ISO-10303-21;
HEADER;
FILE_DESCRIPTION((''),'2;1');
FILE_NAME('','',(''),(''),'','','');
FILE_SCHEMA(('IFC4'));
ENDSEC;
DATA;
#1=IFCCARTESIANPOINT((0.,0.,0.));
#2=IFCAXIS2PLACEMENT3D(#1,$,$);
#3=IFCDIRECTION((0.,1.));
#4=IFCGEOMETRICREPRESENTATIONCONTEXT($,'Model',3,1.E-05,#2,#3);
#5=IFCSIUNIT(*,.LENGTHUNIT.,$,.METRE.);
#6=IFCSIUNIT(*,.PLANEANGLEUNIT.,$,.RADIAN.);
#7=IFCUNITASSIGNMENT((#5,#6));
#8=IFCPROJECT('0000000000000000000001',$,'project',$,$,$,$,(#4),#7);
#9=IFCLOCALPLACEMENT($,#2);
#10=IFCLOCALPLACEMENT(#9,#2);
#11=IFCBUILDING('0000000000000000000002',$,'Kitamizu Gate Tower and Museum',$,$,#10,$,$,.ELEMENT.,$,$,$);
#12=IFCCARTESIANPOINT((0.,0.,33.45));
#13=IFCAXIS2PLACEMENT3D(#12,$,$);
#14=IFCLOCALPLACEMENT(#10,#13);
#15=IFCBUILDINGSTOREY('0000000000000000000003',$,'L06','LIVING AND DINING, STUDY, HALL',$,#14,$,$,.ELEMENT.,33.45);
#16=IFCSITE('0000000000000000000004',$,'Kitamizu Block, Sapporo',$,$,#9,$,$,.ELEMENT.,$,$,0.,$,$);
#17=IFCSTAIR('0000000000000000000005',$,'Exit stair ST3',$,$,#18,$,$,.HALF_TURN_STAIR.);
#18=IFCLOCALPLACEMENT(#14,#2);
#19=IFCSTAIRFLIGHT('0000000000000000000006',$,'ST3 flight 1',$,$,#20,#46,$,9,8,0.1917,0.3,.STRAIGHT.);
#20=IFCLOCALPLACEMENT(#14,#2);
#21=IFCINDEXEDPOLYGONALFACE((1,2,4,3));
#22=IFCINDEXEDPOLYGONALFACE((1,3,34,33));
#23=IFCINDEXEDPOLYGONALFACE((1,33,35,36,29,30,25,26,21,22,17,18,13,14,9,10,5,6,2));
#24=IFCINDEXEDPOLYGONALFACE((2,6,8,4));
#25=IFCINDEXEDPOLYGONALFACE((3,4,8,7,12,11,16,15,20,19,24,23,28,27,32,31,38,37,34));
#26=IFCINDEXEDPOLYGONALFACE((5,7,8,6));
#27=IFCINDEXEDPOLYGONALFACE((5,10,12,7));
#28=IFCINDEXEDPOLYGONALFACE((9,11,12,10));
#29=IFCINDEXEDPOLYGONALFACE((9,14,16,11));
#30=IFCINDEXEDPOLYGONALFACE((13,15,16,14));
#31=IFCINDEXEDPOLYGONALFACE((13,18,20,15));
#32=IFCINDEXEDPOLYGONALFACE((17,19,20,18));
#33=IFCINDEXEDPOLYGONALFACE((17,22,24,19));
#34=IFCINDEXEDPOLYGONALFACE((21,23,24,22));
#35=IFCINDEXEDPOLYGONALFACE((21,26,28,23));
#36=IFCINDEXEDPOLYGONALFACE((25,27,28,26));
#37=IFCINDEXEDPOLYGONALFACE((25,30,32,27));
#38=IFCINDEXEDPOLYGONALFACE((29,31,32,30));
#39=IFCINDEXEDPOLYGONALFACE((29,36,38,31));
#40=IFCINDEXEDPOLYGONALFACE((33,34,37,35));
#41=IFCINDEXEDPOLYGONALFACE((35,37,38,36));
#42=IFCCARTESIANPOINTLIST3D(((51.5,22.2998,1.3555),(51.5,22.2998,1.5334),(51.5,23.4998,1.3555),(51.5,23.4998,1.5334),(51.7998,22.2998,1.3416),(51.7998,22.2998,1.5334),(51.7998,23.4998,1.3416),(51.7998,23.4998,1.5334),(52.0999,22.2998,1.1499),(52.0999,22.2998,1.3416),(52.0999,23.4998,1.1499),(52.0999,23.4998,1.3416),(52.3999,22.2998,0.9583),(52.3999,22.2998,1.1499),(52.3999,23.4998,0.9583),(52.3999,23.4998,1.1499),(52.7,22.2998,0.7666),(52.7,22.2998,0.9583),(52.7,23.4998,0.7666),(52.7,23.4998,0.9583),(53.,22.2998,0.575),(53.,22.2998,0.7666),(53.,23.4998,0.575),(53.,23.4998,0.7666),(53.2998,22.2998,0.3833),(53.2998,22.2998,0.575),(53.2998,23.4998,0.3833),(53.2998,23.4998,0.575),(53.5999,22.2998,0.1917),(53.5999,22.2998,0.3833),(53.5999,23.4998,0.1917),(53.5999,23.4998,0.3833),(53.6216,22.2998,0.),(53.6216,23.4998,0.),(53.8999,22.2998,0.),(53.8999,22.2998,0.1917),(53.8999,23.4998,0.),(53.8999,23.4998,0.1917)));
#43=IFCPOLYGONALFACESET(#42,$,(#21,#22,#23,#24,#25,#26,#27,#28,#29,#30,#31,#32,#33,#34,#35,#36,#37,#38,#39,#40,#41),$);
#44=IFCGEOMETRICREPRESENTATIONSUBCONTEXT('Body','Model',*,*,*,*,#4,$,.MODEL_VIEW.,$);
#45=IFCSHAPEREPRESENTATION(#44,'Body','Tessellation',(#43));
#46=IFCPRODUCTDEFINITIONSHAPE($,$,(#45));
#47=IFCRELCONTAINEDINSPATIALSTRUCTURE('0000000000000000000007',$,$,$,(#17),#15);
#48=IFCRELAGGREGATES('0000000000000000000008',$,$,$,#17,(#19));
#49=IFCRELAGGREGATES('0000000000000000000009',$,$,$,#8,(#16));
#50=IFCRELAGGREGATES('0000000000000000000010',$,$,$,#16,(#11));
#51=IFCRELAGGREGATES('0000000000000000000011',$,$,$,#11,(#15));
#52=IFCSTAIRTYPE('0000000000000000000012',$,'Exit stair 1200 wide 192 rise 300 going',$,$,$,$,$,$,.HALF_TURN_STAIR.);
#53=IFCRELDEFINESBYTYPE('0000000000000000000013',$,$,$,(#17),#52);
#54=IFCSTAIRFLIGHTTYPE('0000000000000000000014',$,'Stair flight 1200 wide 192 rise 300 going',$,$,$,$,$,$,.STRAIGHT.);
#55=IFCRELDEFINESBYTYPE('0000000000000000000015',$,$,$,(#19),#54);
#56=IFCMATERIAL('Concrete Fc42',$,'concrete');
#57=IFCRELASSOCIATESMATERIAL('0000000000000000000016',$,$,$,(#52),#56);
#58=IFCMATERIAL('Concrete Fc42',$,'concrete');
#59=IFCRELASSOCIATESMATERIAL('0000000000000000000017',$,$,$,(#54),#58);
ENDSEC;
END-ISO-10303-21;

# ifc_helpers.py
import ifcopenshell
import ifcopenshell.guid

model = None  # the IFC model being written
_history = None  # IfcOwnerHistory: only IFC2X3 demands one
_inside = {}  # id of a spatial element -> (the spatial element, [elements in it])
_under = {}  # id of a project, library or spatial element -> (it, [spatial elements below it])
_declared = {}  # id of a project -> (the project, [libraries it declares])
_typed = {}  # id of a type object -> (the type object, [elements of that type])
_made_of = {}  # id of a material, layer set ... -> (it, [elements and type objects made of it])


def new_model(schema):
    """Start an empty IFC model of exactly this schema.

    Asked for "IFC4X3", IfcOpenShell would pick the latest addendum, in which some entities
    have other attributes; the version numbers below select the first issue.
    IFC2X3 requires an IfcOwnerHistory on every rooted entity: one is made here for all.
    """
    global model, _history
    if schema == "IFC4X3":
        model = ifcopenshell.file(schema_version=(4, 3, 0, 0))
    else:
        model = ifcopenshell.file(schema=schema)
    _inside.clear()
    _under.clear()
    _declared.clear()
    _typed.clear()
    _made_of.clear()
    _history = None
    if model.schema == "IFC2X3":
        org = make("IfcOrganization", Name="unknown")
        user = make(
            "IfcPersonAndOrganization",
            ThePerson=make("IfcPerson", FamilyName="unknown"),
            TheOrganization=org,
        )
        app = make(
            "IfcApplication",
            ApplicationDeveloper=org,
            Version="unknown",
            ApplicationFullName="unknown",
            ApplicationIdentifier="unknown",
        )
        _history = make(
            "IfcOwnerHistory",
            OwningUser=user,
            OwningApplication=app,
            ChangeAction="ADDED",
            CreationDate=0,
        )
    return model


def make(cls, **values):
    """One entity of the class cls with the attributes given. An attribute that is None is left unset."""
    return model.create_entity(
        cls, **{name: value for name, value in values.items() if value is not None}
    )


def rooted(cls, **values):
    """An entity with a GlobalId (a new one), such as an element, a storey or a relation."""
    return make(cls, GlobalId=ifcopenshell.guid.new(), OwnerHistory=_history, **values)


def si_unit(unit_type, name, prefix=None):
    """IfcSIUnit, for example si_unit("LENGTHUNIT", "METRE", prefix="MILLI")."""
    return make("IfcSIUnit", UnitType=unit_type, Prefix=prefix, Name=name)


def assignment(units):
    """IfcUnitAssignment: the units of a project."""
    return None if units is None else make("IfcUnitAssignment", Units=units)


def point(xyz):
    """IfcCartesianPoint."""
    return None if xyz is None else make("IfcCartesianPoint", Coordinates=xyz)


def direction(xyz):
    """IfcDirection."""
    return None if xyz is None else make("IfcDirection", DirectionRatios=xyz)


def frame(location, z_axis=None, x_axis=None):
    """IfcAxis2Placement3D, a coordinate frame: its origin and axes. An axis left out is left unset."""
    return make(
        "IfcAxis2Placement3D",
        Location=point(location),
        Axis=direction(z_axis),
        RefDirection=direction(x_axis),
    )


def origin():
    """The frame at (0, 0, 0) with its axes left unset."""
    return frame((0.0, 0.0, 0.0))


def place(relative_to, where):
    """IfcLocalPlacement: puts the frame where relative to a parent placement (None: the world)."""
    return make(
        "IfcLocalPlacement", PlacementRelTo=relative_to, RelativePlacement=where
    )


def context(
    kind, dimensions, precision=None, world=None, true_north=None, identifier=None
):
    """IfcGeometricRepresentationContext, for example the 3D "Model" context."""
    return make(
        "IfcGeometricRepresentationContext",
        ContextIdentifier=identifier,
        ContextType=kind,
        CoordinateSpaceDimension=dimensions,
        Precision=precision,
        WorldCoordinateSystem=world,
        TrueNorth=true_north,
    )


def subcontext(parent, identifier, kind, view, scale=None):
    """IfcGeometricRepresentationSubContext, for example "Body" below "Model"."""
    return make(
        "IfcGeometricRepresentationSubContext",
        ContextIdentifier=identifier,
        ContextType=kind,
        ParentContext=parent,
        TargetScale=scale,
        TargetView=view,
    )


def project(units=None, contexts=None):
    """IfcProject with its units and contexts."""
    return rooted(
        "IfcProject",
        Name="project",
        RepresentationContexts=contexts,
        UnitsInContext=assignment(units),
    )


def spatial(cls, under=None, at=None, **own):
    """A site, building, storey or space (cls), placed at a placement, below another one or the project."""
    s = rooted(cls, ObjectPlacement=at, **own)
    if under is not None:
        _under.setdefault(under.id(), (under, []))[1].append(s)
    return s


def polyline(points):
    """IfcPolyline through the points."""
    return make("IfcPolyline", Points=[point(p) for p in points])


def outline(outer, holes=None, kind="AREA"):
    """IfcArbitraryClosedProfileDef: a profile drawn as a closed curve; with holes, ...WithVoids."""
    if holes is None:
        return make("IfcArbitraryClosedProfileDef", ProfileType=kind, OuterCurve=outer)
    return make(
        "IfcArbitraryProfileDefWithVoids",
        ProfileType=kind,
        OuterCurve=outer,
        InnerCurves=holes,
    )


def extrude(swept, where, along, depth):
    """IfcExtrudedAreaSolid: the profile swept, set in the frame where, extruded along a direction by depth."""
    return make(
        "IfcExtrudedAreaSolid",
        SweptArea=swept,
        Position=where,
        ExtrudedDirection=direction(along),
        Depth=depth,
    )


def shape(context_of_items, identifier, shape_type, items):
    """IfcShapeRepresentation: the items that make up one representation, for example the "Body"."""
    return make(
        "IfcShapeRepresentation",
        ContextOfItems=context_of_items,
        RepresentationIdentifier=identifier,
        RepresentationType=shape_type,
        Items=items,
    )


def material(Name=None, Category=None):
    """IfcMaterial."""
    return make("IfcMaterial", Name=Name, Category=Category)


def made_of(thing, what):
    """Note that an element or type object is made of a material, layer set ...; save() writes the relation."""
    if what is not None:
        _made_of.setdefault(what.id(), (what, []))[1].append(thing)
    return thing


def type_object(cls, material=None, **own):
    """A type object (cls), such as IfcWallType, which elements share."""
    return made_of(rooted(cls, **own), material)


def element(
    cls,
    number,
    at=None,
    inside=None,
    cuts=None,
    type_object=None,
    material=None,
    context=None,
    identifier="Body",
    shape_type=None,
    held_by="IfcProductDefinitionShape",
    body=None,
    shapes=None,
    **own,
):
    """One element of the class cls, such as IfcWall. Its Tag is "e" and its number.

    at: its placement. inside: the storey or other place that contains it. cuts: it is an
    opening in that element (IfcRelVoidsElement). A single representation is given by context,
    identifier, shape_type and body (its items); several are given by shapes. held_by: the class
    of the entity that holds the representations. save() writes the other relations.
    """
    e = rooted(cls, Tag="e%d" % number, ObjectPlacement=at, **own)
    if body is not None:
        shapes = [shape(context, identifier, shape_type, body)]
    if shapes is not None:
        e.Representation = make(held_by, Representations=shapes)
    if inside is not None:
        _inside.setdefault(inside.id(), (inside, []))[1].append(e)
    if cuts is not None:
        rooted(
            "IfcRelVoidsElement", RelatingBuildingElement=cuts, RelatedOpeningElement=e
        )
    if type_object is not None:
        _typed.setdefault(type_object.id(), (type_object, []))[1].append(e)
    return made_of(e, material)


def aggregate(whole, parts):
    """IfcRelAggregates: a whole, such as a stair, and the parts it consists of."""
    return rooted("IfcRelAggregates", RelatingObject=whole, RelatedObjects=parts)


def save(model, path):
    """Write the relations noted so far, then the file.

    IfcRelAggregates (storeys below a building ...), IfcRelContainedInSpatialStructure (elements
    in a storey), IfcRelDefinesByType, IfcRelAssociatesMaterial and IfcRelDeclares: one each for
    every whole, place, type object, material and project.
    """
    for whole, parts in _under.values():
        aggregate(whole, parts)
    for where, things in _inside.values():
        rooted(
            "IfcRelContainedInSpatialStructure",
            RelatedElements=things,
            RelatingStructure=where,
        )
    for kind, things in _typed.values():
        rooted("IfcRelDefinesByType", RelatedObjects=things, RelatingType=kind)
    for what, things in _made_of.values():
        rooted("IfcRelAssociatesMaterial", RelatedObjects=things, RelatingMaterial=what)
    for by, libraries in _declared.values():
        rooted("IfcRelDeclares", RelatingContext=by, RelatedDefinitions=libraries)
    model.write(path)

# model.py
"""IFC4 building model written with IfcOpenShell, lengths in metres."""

from ifc_helpers import new_model, si_unit, direction, frame, origin, place, context, subcontext, project, spatial, polyline, outline, extrude, material, type_object, element, aggregate, save


model = new_model("IFC4")

# Units and contexts
model_context = context("Model", 3, precision=1e-05, world=origin(), true_north=direction((0.0, 1.0)))
body_context = subcontext(model_context, "Body", "Model", "MODEL_VIEW")
ifc_project = project(units=[si_unit("LENGTHUNIT", "METRE"), si_unit("PLANEANGLEUNIT", "RADIAN")], contexts=[model_context])

# Site, building, storey
site_placement = place(None, origin())
site = spatial("IfcSite", under=ifc_project, at=site_placement, Name="Kitamizu Block, Sapporo", CompositionType="ELEMENT", RefElevation=0.0)
building_placement = place(site_placement, origin())
building = spatial("IfcBuilding", under=site, at=building_placement, Name="Kitamizu Gate Tower and Museum", CompositionType="ELEMENT")
storey_placement = place(building_placement, frame((0.0, 0.0, 33.45)))
storey = spatial("IfcBuildingStorey", under=building, at=storey_placement, Name="L06", Description="LIVING AND DINING, STUDY, HALL", CompositionType="ELEMENT", Elevation=33.45)

# Stair, stair flight
ifc_material_1 = material(Name="Concrete Fc42", Category="concrete")
stair_type = type_object("IfcStairType", Name="Exit stair 1200 wide 192 rise 300 going", PredefinedType="HALF_TURN_STAIR", material=ifc_material_1)
stair_placement = place(storey_placement, origin())
stair = element("IfcStair", 1, at=stair_placement, inside=storey, type_object=stair_type, Name="Exit stair ST3", PredefinedType="HALF_TURN_STAIR")
ifc_material_2 = material(Name="Concrete Fc42", Category="concrete")
stair_flight_type = type_object("IfcStairFlightType", Name="Stair flight 1200 wide 192 rise 300 going", PredefinedType="STRAIGHT", material=ifc_material_2)
stair_flight_placement = place(storey_placement, frame((53.8999, 22.8999, 0.0), z_axis=(0.0, 0.0, 1.0), x_axis=(-1.0, 0.0, 0.0)))
stair_flight = element("IfcStairFlight", 2, at=stair_flight_placement, type_object=stair_flight_type, Name="ST3 flight 1", NumberOfRisers=9, NumberOfTreads=8, PredefinedType="STRAIGHT", RiserHeight=0.1917, TreadLength=0.3, context=body_context, shape_type="SweptSolid", body=[
    extrude(outline(polyline([(0.0, 0.0), (0.0, 0.1917), (0.3, 0.1917), (0.3, 0.3833), (0.6001, 0.3833), (0.6001, 0.575), (0.8999, 0.575), (0.8999, 0.7666), (1.2, 0.7666), (1.2, 0.9583), (1.5, 0.9583), (1.5, 1.1499), (1.8, 1.1499), (1.8, 1.3416), (2.1001, 1.3416), (2.1001, 1.5334), (2.3999, 1.5334), (2.3999, 1.7251), (2.3999, 1.3555), (0.2783, 0.0), (0.0, 0.0)])), frame((0.0, 0.6001, 0.0), z_axis=(0.0, -1.0, 0.0), x_axis=(1.0, 0.0, 0.0)), (0.0, 0.0, 1.0), 1.2),
])
aggregate(stair, [stair_flight])

save(model, "model.ifc")
